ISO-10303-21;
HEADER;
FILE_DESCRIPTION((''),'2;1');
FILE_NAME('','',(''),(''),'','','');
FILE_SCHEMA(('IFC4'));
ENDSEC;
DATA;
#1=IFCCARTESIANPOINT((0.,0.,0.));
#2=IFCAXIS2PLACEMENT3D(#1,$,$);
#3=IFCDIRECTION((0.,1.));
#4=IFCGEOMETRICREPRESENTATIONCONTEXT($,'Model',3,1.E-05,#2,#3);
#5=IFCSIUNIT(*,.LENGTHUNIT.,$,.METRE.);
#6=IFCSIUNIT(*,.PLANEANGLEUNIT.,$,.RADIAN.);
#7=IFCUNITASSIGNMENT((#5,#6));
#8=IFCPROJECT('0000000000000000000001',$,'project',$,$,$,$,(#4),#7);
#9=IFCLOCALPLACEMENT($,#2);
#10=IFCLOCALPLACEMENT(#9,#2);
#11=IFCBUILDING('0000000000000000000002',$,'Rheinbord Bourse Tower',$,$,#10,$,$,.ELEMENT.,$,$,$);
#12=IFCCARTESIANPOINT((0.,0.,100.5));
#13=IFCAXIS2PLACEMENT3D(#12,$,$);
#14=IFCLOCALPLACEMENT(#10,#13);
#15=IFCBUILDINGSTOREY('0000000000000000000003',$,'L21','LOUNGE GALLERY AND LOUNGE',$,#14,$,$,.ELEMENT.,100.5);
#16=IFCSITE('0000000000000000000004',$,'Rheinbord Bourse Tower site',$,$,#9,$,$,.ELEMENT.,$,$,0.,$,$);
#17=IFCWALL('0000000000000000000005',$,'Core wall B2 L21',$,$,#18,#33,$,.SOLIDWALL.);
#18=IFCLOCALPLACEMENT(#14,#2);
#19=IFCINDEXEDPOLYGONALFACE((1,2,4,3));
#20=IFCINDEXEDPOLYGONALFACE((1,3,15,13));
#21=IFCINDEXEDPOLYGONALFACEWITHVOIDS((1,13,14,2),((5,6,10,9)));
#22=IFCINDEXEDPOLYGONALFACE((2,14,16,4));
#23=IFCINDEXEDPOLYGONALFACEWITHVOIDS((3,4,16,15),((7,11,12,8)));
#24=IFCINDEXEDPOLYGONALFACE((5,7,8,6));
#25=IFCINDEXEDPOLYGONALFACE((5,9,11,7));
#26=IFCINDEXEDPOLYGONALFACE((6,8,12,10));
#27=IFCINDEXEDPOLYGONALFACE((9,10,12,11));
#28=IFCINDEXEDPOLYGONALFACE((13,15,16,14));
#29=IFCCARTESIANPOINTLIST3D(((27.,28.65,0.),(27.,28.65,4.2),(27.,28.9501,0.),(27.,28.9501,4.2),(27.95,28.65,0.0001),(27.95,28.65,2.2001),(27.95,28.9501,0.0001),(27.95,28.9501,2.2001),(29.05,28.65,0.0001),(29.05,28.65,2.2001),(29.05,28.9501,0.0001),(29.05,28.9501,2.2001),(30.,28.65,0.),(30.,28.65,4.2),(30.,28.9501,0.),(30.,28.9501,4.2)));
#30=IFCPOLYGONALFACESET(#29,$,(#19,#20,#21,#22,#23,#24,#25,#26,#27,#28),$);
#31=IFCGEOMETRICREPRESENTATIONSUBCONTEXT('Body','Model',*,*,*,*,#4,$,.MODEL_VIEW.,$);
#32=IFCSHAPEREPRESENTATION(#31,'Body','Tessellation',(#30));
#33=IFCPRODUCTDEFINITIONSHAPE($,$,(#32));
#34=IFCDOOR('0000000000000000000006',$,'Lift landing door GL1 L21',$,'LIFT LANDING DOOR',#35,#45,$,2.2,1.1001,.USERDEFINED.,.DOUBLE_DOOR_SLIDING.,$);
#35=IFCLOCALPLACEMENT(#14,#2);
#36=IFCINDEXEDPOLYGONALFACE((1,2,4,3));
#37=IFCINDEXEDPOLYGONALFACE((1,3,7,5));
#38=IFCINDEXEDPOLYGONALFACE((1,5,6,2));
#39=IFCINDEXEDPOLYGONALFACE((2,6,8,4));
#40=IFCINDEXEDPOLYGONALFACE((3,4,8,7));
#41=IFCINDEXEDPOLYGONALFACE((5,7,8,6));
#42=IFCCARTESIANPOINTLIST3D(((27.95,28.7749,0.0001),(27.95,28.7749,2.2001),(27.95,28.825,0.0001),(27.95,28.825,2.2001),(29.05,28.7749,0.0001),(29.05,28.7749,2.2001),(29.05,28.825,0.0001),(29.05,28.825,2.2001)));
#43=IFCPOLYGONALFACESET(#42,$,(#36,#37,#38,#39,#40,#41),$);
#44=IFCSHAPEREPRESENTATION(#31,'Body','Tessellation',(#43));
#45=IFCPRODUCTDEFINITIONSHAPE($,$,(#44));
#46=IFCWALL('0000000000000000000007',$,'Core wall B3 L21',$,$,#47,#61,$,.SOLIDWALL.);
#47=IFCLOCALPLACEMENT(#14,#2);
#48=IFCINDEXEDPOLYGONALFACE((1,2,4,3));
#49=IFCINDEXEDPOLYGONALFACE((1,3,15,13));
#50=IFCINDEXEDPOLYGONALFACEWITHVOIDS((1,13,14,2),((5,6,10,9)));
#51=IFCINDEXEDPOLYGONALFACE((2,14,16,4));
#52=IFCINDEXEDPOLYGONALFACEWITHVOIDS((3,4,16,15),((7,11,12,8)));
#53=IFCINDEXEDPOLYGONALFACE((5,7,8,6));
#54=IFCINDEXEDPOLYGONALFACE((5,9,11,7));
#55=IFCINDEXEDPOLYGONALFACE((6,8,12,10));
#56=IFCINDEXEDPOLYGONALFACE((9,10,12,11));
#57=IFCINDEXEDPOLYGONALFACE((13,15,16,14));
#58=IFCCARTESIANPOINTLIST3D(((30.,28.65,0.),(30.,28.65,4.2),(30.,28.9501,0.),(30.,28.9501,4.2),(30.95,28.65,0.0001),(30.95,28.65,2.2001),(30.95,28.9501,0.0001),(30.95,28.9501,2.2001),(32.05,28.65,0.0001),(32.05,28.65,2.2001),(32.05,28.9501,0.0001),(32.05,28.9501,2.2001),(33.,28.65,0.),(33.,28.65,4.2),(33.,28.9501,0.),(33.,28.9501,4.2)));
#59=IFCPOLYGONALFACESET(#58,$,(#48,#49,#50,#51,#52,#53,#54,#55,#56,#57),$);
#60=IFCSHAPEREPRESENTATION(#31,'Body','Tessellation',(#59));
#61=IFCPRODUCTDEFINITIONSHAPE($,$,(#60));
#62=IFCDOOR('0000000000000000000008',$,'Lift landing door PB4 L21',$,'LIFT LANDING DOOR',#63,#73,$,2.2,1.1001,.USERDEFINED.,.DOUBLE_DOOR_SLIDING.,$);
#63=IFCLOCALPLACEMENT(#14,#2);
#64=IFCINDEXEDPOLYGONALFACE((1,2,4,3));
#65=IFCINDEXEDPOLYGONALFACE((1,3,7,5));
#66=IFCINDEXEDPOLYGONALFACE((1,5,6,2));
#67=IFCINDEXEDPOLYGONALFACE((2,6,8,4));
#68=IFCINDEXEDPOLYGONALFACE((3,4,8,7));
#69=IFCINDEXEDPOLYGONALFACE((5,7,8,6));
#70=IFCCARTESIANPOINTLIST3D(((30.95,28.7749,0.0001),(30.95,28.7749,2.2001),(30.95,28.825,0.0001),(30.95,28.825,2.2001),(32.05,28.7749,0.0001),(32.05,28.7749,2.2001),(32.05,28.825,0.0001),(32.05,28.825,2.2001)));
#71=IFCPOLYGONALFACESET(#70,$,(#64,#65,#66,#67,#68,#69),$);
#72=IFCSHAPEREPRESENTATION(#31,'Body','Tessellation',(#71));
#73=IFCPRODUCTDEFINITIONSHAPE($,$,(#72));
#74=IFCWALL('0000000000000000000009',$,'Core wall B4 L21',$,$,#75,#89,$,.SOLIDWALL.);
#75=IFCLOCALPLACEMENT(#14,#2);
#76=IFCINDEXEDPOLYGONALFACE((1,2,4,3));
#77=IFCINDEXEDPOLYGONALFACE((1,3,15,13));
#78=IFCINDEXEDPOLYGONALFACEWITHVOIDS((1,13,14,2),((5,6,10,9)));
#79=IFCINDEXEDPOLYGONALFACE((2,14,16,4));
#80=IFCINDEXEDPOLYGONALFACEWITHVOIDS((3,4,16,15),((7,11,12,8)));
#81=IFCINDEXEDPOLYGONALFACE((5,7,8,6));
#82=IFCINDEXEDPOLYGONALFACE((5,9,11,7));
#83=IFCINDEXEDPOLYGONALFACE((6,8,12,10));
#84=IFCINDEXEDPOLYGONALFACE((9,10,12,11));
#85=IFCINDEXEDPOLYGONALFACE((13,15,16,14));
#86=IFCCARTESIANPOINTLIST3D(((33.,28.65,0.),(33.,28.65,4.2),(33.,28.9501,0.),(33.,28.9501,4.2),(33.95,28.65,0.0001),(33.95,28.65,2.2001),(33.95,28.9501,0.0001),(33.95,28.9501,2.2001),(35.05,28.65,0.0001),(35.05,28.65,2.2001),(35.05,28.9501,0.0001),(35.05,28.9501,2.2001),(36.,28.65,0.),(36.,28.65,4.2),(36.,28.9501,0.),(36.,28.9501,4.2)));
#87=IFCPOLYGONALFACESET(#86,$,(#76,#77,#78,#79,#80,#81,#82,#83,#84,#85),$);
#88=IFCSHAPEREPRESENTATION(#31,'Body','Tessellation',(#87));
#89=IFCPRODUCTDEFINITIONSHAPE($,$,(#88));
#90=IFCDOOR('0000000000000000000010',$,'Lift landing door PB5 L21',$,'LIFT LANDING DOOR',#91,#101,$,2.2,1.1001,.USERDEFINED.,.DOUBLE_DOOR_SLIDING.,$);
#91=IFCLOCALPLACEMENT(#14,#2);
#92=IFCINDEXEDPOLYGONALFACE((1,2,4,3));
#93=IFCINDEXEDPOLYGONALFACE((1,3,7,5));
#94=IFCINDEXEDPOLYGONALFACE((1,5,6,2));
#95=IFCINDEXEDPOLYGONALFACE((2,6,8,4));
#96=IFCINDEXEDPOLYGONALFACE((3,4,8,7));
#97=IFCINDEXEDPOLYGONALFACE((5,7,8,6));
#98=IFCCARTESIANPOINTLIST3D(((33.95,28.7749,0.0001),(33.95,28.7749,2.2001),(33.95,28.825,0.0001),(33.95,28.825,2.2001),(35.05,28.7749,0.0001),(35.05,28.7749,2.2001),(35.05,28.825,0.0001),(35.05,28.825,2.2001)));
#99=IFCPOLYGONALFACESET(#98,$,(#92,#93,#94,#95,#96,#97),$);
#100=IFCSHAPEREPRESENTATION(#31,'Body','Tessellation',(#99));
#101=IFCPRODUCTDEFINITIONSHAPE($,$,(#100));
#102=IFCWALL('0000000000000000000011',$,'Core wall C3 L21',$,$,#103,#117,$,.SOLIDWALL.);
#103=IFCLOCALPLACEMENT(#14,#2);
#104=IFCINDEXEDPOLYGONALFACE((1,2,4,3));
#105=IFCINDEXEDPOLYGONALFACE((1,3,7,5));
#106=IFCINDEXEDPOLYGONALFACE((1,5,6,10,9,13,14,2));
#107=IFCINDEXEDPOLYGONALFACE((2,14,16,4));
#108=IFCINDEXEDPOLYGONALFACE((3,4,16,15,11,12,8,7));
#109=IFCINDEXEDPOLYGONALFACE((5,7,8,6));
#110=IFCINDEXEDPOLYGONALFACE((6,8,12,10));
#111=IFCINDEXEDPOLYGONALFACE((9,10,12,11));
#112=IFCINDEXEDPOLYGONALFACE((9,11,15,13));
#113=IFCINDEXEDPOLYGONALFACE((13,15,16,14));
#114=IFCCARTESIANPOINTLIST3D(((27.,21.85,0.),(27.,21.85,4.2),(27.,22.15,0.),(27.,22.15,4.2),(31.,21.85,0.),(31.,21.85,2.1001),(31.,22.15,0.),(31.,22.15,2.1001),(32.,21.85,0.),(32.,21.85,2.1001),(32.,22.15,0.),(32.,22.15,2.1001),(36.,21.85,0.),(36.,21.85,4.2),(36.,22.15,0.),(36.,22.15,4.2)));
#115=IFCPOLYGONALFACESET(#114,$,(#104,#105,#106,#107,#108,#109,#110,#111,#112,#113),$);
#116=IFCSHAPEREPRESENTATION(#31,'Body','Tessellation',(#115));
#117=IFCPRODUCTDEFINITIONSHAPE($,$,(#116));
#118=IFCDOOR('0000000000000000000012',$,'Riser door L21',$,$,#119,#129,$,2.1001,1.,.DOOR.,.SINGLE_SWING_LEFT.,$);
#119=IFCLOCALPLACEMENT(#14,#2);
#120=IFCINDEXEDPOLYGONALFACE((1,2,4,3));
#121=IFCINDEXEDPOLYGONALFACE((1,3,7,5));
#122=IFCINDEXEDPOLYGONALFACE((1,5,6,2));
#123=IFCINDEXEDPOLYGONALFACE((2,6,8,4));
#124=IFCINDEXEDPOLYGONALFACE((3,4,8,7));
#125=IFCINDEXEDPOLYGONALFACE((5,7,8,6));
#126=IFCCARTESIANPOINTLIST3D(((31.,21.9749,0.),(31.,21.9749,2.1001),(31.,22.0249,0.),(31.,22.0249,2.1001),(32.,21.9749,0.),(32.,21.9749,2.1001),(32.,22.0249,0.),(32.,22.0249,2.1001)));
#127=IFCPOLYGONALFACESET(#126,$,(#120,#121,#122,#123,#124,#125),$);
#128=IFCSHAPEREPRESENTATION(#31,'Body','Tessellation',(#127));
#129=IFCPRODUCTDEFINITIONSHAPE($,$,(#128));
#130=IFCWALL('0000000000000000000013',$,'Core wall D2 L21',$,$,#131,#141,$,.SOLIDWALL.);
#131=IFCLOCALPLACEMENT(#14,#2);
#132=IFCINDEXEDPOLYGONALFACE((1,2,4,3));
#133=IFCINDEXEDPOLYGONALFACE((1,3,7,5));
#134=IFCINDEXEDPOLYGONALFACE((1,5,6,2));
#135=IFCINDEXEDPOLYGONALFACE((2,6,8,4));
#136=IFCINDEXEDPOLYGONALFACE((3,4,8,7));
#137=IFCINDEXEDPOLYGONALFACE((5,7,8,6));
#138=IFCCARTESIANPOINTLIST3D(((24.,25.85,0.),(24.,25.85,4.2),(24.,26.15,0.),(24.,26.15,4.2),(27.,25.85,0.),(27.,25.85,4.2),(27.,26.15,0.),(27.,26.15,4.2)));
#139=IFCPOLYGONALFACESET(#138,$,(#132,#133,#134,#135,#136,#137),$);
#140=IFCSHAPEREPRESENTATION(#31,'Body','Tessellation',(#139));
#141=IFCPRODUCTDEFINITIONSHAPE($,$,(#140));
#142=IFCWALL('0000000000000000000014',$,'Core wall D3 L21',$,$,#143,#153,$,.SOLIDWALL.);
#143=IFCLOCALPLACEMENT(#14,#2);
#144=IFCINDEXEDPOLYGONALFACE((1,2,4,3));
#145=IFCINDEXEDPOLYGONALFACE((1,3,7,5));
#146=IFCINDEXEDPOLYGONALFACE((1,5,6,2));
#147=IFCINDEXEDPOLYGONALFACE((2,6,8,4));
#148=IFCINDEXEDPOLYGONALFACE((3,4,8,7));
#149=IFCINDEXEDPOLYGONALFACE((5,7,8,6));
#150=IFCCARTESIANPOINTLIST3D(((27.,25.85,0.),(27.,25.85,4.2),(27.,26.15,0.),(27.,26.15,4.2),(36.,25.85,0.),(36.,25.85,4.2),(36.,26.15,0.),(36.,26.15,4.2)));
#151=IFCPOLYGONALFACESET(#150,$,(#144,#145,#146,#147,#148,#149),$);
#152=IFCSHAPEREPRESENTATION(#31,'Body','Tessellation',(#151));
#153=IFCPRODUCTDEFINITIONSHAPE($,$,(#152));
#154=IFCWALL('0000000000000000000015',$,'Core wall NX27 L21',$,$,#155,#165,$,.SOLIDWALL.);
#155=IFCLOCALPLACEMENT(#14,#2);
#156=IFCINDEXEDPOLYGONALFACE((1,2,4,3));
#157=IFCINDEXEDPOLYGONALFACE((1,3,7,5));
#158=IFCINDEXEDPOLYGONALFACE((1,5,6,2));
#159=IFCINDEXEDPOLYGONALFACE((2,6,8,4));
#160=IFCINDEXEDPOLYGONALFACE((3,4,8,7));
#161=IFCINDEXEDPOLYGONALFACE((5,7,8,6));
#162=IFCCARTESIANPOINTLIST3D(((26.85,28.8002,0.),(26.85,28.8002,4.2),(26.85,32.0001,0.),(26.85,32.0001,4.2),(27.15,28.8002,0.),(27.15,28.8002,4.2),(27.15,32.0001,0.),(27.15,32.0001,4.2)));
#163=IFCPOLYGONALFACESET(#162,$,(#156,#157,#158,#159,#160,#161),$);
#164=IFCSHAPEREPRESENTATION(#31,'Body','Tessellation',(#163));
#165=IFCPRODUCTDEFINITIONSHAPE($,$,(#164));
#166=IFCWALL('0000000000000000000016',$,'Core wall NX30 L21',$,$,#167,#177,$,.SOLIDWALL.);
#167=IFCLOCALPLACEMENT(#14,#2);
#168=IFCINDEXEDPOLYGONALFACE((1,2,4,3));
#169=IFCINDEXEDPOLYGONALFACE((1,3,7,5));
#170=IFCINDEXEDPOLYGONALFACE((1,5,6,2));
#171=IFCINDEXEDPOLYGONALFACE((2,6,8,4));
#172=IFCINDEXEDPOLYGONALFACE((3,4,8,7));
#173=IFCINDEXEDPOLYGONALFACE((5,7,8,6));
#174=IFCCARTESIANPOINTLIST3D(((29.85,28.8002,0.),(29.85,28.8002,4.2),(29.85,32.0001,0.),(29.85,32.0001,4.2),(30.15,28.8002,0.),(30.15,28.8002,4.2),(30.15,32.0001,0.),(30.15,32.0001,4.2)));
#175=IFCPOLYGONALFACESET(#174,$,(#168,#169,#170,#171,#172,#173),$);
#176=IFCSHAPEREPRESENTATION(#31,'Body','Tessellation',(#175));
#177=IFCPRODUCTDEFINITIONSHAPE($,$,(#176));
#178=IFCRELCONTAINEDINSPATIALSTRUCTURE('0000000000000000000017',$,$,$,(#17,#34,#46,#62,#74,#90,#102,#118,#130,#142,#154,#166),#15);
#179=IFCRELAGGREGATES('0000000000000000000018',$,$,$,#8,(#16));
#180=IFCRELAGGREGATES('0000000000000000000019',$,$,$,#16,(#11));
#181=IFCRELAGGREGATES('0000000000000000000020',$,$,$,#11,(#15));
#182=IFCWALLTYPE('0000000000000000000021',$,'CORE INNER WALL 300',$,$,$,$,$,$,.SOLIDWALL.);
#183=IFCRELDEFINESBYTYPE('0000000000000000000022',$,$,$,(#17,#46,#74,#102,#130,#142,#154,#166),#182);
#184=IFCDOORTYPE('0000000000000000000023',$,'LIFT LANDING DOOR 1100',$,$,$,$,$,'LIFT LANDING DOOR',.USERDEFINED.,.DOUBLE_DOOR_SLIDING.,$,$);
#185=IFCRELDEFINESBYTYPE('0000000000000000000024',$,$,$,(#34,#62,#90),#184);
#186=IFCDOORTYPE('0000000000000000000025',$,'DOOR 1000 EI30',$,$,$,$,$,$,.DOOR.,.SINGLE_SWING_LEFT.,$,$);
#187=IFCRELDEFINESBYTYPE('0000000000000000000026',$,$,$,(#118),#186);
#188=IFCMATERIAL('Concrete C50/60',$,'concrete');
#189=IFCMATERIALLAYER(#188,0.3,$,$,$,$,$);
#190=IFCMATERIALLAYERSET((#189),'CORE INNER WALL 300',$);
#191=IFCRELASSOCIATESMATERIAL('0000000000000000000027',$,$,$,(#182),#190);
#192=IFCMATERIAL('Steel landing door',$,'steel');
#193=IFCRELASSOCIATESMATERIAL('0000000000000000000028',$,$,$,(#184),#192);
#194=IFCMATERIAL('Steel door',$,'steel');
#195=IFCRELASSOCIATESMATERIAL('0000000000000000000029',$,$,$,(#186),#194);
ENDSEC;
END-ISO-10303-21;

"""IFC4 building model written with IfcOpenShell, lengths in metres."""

from ifc_helpers import new_model, si_unit, direction, frame, frame_2d, origin, place, context, subcontext, project, spatial, rectangle, extrude, material, layer, layer_set, type_object, element, fill, save


model = new_model("IFC4")

# Units and contexts
model_context = context("Model", 3, precision=1e-05, world=origin(), true_north=direction((0.0, 1.0)))
body_context = subcontext(model_context, "Body", "Model", "MODEL_VIEW")
ifc_project = project(units=[si_unit("LENGTHUNIT", "METRE"), si_unit("PLANEANGLEUNIT", "RADIAN")], contexts=[model_context])

# Site, building, storey
site_placement = place(None, origin())
site = spatial("IfcSite", under=ifc_project, at=site_placement, Name="Rheinbord Bourse Tower site", CompositionType="ELEMENT", RefElevation=0.0)
building_placement = place(site_placement, origin())
building = spatial("IfcBuilding", under=site, at=building_placement, Name="Rheinbord Bourse Tower", CompositionType="ELEMENT")
storey_placement = place(building_placement, frame((0.0, 0.0, 100.5)))
storey = spatial("IfcBuildingStorey", under=building, at=storey_placement, Name="L21", Description="LOUNGE GALLERY AND LOUNGE", CompositionType="ELEMENT", Elevation=100.5)

# Walls, openings, doors
ifc_material_1 = material(Name="Concrete C50/60", Category="concrete")
ifc_layer_1 = layer(ifc_material_1, 0.3)
ifc_layer_set_1 = layer_set([ifc_layer_1], Name="CORE INNER WALL 300")
wall_type_1 = type_object("IfcWallType", Name="CORE INNER WALL 300", PredefinedType="SOLIDWALL", material=ifc_layer_set_1)
wall_1_placement = place(storey_placement, frame((27.0, 28.8, 0.0), z_axis=(0.0, 0.0, 1.0), x_axis=(1.0, 0.0, 0.0)))
wall_1 = element("IfcWall", 1, at=wall_1_placement, inside=storey, type_object=wall_type_1, Name="Core wall B2 L21", PredefinedType="SOLIDWALL", context=body_context, shape_type="SweptSolid", body=[
    extrude(rectangle(XDim=3.0, YDim=0.3, at=frame_2d((1.5, 0.0))), origin(), (0.0, 0.0, 1.0), 4.2),
])
opening_1_placement = place(wall_1_placement, frame((0.95, 0.0, 0.0)))
opening_1 = element("IfcOpeningElement", 2, at=opening_1_placement, cuts=wall_1, PredefinedType="OPENING", context=body_context, shape_type="SweptSolid", body=[
    extrude(rectangle(XDim=1.1001, YDim=2.2, at=frame_2d((0.55, 1.1001))), frame((0.0, 0.1599, 0.0), z_axis=(0.0, -1.0, 0.0), x_axis=(1.0, 0.0, 0.0)), (0.0, 0.0, 1.0), 0.3201),
])
ifc_material_2 = material(Name="Steel landing door", Category="steel")
door_type_1 = type_object("IfcDoorType", Name="LIFT LANDING DOOR 1100", ElementType="LIFT LANDING DOOR", OperationType="DOUBLE_DOOR_SLIDING", PredefinedType="USERDEFINED", material=ifc_material_2)
door_1_placement = place(opening_1_placement, origin())
door_1 = element("IfcDoor", 3, at=door_1_placement, inside=storey, type_object=door_type_1, Name="Lift landing door GL1 L21", ObjectType="LIFT LANDING DOOR", OperationType="DOUBLE_DOOR_SLIDING", OverallHeight=2.2, OverallWidth=1.1001, PredefinedType="USERDEFINED", context=body_context, shape_type="SweptSolid", body=[
    extrude(rectangle(XDim=1.1001, YDim=2.2, at=frame_2d((0.55, 1.1001))), frame((0.0, 0.0249, 0.0), z_axis=(0.0, -1.0, 0.0), x_axis=(1.0, 0.0, 0.0)), (0.0, 0.0, 1.0), 0.05),
])
fill(opening_1, door_1)
wall_2_placement = place(storey_placement, frame((30.0, 28.8, 0.0), z_axis=(0.0, 0.0, 1.0), x_axis=(1.0, 0.0, 0.0)))
wall_2 = element("IfcWall", 4, at=wall_2_placement, inside=storey, type_object=wall_type_1, Name="Core wall B3 L21", PredefinedType="SOLIDWALL", context=body_context, shape_type="SweptSolid", body=[
    extrude(rectangle(XDim=3.0, YDim=0.3, at=frame_2d((1.5, 0.0))), origin(), (0.0, 0.0, 1.0), 4.2),
])
opening_2_placement = place(wall_2_placement, frame((0.95, 0.0, 0.0)))
opening_2 = element("IfcOpeningElement", 5, at=opening_2_placement, cuts=wall_2, PredefinedType="OPENING", context=body_context, shape_type="SweptSolid", body=[
    extrude(rectangle(XDim=1.1001, YDim=2.2, at=frame_2d((0.55, 1.1001))), frame((0.0, 0.1599, 0.0), z_axis=(0.0, -1.0, 0.0), x_axis=(1.0, 0.0, 0.0)), (0.0, 0.0, 1.0), 0.3201),
])
door_2_placement = place(opening_2_placement, origin())
door_2 = element("IfcDoor", 6, at=door_2_placement, inside=storey, type_object=door_type_1, Name="Lift landing door PB4 L21", ObjectType="LIFT LANDING DOOR", OperationType="DOUBLE_DOOR_SLIDING", OverallHeight=2.2, OverallWidth=1.1001, PredefinedType="USERDEFINED", context=body_context, shape_type="SweptSolid", body=[
    extrude(rectangle(XDim=1.1001, YDim=2.2, at=frame_2d((0.55, 1.1001))), frame((0.0, 0.0249, 0.0), z_axis=(0.0, -1.0, 0.0), x_axis=(1.0, 0.0, 0.0)), (0.0, 0.0, 1.0), 0.05),
])
fill(opening_2, door_2)
wall_3_placement = place(storey_placement, frame((33.0, 28.8, 0.0), z_axis=(0.0, 0.0, 1.0), x_axis=(1.0, 0.0, 0.0)))
wall_3 = element("IfcWall", 7, at=wall_3_placement, inside=storey, type_object=wall_type_1, Name="Core wall B4 L21", PredefinedType="SOLIDWALL", context=body_context, shape_type="SweptSolid", body=[
    extrude(rectangle(XDim=3.0, YDim=0.3, at=frame_2d((1.5, 0.0))), origin(), (0.0, 0.0, 1.0), 4.2),
])
opening_3_placement = place(wall_3_placement, frame((0.95, 0.0, 0.0)))
opening_3 = element("IfcOpeningElement", 8, at=opening_3_placement, cuts=wall_3, PredefinedType="OPENING", context=body_context, shape_type="SweptSolid", body=[
    extrude(rectangle(XDim=1.1001, YDim=2.2, at=frame_2d((0.55, 1.1001))), frame((0.0, 0.1599, 0.0), z_axis=(0.0, -1.0, 0.0), x_axis=(1.0, 0.0, 0.0)), (0.0, 0.0, 1.0), 0.3201),
])
door_3_placement = place(opening_3_placement, origin())
door_3 = element("IfcDoor", 9, at=door_3_placement, inside=storey, type_object=door_type_1, Name="Lift landing door PB5 L21", ObjectType="LIFT LANDING DOOR", OperationType="DOUBLE_DOOR_SLIDING", OverallHeight=2.2, OverallWidth=1.1001, PredefinedType="USERDEFINED", context=body_context, shape_type="SweptSolid", body=[
    extrude(rectangle(XDim=1.1001, YDim=2.2, at=frame_2d((0.55, 1.1001))), frame((0.0, 0.0249, 0.0), z_axis=(0.0, -1.0, 0.0), x_axis=(1.0, 0.0, 0.0)), (0.0, 0.0, 1.0), 0.05),
])
fill(opening_3, door_3)
wall_4_placement = place(storey_placement, frame((27.0, 22.0, 0.0), z_axis=(0.0, 0.0, 1.0), x_axis=(1.0, 0.0, 0.0)))
wall_4 = element("IfcWall", 10, at=wall_4_placement, inside=storey, type_object=wall_type_1, Name="Core wall C3 L21", PredefinedType="SOLIDWALL", context=body_context, shape_type="SweptSolid", body=[
    extrude(rectangle(XDim=9.0, YDim=0.3, at=frame_2d((4.5, 0.0))), origin(), (0.0, 0.0, 1.0), 4.2),
])
opening_4_placement = place(wall_4_placement, frame((4.0, 0.0, 0.0)))
opening_4 = element("IfcOpeningElement", 11, at=opening_4_placement, cuts=wall_4, PredefinedType="OPENING", context=body_context, shape_type="SweptSolid", body=[
    extrude(rectangle(XDim=1.0, YDim=2.1001, at=frame_2d((0.5, 1.05))), frame((0.0, 0.1599, 0.0), z_axis=(0.0, -1.0, 0.0), x_axis=(1.0, 0.0, 0.0)), (0.0, 0.0, 1.0), 0.3201),
])
ifc_material_3 = material(Name="Steel door", Category="steel")
door_type_2 = type_object("IfcDoorType", Name="DOOR 1000 EI30", OperationType="SINGLE_SWING_LEFT", PredefinedType="DOOR", material=ifc_material_3)
door_4_placement = place(opening_4_placement, origin())
door_4 = element("IfcDoor", 12, at=door_4_placement, inside=storey, type_object=door_type_2, Name="Riser door L21", OperationType="SINGLE_SWING_LEFT", OverallHeight=2.1001, OverallWidth=1.0, PredefinedType="DOOR", context=body_context, shape_type="SweptSolid", body=[
    extrude(rectangle(XDim=1.0, YDim=2.1001, at=frame_2d((0.5, 1.05))), frame((0.0, 0.0249, 0.0), z_axis=(0.0, -1.0, 0.0), x_axis=(1.0, 0.0, 0.0)), (0.0, 0.0, 1.0), 0.05),
])
fill(opening_4, door_4)

# Walls
wall_5_placement = place(storey_placement, frame((24.0, 26.0, 0.0), z_axis=(0.0, 0.0, 1.0), x_axis=(1.0, 0.0, 0.0)))
element("IfcWall", 13, at=wall_5_placement, inside=storey, type_object=wall_type_1, Name="Core wall D2 L21", PredefinedType="SOLIDWALL", context=body_context, shape_type="SweptSolid", body=[
    extrude(rectangle(XDim=3.0, YDim=0.3, at=frame_2d((1.5, 0.0))), origin(), (0.0, 0.0, 1.0), 4.2),
])
wall_6_placement = place(storey_placement, frame((27.0, 26.0, 0.0), z_axis=(0.0, 0.0, 1.0), x_axis=(1.0, 0.0, 0.0)))
element("IfcWall", 14, at=wall_6_placement, inside=storey, type_object=wall_type_1, Name="Core wall D3 L21", PredefinedType="SOLIDWALL", context=body_context, shape_type="SweptSolid", body=[
    extrude(rectangle(XDim=9.0, YDim=0.3, at=frame_2d((4.5, 0.0))), origin(), (0.0, 0.0, 1.0), 4.2),
])
for number, where, z_axis, x_axis, name in (
    (15, (27.0, 28.8, 0.0), (0.0, 0.0, 1.0), (0.0, 1.0, 0.0), "Core wall NX27 L21"),
    (16, (30.0, 28.8, 0.0), (0.0, 0.0, 1.0), (0.0, 1.0, 0.0), "Core wall NX30 L21"),
):
    element("IfcWall", number, at=place(storey_placement, frame(where, z_axis=z_axis, x_axis=x_axis)), inside=storey, type_object=wall_type_1, Name=name, PredefinedType="SOLIDWALL", context=body_context, shape_type="SweptSolid", body=[
        extrude(rectangle(XDim=3.2, YDim=0.3, at=frame_2d((1.6001, 0.0))), origin(), (0.0, 0.0, 1.0), 4.2),
    ])

save(model, "model.ifc")
